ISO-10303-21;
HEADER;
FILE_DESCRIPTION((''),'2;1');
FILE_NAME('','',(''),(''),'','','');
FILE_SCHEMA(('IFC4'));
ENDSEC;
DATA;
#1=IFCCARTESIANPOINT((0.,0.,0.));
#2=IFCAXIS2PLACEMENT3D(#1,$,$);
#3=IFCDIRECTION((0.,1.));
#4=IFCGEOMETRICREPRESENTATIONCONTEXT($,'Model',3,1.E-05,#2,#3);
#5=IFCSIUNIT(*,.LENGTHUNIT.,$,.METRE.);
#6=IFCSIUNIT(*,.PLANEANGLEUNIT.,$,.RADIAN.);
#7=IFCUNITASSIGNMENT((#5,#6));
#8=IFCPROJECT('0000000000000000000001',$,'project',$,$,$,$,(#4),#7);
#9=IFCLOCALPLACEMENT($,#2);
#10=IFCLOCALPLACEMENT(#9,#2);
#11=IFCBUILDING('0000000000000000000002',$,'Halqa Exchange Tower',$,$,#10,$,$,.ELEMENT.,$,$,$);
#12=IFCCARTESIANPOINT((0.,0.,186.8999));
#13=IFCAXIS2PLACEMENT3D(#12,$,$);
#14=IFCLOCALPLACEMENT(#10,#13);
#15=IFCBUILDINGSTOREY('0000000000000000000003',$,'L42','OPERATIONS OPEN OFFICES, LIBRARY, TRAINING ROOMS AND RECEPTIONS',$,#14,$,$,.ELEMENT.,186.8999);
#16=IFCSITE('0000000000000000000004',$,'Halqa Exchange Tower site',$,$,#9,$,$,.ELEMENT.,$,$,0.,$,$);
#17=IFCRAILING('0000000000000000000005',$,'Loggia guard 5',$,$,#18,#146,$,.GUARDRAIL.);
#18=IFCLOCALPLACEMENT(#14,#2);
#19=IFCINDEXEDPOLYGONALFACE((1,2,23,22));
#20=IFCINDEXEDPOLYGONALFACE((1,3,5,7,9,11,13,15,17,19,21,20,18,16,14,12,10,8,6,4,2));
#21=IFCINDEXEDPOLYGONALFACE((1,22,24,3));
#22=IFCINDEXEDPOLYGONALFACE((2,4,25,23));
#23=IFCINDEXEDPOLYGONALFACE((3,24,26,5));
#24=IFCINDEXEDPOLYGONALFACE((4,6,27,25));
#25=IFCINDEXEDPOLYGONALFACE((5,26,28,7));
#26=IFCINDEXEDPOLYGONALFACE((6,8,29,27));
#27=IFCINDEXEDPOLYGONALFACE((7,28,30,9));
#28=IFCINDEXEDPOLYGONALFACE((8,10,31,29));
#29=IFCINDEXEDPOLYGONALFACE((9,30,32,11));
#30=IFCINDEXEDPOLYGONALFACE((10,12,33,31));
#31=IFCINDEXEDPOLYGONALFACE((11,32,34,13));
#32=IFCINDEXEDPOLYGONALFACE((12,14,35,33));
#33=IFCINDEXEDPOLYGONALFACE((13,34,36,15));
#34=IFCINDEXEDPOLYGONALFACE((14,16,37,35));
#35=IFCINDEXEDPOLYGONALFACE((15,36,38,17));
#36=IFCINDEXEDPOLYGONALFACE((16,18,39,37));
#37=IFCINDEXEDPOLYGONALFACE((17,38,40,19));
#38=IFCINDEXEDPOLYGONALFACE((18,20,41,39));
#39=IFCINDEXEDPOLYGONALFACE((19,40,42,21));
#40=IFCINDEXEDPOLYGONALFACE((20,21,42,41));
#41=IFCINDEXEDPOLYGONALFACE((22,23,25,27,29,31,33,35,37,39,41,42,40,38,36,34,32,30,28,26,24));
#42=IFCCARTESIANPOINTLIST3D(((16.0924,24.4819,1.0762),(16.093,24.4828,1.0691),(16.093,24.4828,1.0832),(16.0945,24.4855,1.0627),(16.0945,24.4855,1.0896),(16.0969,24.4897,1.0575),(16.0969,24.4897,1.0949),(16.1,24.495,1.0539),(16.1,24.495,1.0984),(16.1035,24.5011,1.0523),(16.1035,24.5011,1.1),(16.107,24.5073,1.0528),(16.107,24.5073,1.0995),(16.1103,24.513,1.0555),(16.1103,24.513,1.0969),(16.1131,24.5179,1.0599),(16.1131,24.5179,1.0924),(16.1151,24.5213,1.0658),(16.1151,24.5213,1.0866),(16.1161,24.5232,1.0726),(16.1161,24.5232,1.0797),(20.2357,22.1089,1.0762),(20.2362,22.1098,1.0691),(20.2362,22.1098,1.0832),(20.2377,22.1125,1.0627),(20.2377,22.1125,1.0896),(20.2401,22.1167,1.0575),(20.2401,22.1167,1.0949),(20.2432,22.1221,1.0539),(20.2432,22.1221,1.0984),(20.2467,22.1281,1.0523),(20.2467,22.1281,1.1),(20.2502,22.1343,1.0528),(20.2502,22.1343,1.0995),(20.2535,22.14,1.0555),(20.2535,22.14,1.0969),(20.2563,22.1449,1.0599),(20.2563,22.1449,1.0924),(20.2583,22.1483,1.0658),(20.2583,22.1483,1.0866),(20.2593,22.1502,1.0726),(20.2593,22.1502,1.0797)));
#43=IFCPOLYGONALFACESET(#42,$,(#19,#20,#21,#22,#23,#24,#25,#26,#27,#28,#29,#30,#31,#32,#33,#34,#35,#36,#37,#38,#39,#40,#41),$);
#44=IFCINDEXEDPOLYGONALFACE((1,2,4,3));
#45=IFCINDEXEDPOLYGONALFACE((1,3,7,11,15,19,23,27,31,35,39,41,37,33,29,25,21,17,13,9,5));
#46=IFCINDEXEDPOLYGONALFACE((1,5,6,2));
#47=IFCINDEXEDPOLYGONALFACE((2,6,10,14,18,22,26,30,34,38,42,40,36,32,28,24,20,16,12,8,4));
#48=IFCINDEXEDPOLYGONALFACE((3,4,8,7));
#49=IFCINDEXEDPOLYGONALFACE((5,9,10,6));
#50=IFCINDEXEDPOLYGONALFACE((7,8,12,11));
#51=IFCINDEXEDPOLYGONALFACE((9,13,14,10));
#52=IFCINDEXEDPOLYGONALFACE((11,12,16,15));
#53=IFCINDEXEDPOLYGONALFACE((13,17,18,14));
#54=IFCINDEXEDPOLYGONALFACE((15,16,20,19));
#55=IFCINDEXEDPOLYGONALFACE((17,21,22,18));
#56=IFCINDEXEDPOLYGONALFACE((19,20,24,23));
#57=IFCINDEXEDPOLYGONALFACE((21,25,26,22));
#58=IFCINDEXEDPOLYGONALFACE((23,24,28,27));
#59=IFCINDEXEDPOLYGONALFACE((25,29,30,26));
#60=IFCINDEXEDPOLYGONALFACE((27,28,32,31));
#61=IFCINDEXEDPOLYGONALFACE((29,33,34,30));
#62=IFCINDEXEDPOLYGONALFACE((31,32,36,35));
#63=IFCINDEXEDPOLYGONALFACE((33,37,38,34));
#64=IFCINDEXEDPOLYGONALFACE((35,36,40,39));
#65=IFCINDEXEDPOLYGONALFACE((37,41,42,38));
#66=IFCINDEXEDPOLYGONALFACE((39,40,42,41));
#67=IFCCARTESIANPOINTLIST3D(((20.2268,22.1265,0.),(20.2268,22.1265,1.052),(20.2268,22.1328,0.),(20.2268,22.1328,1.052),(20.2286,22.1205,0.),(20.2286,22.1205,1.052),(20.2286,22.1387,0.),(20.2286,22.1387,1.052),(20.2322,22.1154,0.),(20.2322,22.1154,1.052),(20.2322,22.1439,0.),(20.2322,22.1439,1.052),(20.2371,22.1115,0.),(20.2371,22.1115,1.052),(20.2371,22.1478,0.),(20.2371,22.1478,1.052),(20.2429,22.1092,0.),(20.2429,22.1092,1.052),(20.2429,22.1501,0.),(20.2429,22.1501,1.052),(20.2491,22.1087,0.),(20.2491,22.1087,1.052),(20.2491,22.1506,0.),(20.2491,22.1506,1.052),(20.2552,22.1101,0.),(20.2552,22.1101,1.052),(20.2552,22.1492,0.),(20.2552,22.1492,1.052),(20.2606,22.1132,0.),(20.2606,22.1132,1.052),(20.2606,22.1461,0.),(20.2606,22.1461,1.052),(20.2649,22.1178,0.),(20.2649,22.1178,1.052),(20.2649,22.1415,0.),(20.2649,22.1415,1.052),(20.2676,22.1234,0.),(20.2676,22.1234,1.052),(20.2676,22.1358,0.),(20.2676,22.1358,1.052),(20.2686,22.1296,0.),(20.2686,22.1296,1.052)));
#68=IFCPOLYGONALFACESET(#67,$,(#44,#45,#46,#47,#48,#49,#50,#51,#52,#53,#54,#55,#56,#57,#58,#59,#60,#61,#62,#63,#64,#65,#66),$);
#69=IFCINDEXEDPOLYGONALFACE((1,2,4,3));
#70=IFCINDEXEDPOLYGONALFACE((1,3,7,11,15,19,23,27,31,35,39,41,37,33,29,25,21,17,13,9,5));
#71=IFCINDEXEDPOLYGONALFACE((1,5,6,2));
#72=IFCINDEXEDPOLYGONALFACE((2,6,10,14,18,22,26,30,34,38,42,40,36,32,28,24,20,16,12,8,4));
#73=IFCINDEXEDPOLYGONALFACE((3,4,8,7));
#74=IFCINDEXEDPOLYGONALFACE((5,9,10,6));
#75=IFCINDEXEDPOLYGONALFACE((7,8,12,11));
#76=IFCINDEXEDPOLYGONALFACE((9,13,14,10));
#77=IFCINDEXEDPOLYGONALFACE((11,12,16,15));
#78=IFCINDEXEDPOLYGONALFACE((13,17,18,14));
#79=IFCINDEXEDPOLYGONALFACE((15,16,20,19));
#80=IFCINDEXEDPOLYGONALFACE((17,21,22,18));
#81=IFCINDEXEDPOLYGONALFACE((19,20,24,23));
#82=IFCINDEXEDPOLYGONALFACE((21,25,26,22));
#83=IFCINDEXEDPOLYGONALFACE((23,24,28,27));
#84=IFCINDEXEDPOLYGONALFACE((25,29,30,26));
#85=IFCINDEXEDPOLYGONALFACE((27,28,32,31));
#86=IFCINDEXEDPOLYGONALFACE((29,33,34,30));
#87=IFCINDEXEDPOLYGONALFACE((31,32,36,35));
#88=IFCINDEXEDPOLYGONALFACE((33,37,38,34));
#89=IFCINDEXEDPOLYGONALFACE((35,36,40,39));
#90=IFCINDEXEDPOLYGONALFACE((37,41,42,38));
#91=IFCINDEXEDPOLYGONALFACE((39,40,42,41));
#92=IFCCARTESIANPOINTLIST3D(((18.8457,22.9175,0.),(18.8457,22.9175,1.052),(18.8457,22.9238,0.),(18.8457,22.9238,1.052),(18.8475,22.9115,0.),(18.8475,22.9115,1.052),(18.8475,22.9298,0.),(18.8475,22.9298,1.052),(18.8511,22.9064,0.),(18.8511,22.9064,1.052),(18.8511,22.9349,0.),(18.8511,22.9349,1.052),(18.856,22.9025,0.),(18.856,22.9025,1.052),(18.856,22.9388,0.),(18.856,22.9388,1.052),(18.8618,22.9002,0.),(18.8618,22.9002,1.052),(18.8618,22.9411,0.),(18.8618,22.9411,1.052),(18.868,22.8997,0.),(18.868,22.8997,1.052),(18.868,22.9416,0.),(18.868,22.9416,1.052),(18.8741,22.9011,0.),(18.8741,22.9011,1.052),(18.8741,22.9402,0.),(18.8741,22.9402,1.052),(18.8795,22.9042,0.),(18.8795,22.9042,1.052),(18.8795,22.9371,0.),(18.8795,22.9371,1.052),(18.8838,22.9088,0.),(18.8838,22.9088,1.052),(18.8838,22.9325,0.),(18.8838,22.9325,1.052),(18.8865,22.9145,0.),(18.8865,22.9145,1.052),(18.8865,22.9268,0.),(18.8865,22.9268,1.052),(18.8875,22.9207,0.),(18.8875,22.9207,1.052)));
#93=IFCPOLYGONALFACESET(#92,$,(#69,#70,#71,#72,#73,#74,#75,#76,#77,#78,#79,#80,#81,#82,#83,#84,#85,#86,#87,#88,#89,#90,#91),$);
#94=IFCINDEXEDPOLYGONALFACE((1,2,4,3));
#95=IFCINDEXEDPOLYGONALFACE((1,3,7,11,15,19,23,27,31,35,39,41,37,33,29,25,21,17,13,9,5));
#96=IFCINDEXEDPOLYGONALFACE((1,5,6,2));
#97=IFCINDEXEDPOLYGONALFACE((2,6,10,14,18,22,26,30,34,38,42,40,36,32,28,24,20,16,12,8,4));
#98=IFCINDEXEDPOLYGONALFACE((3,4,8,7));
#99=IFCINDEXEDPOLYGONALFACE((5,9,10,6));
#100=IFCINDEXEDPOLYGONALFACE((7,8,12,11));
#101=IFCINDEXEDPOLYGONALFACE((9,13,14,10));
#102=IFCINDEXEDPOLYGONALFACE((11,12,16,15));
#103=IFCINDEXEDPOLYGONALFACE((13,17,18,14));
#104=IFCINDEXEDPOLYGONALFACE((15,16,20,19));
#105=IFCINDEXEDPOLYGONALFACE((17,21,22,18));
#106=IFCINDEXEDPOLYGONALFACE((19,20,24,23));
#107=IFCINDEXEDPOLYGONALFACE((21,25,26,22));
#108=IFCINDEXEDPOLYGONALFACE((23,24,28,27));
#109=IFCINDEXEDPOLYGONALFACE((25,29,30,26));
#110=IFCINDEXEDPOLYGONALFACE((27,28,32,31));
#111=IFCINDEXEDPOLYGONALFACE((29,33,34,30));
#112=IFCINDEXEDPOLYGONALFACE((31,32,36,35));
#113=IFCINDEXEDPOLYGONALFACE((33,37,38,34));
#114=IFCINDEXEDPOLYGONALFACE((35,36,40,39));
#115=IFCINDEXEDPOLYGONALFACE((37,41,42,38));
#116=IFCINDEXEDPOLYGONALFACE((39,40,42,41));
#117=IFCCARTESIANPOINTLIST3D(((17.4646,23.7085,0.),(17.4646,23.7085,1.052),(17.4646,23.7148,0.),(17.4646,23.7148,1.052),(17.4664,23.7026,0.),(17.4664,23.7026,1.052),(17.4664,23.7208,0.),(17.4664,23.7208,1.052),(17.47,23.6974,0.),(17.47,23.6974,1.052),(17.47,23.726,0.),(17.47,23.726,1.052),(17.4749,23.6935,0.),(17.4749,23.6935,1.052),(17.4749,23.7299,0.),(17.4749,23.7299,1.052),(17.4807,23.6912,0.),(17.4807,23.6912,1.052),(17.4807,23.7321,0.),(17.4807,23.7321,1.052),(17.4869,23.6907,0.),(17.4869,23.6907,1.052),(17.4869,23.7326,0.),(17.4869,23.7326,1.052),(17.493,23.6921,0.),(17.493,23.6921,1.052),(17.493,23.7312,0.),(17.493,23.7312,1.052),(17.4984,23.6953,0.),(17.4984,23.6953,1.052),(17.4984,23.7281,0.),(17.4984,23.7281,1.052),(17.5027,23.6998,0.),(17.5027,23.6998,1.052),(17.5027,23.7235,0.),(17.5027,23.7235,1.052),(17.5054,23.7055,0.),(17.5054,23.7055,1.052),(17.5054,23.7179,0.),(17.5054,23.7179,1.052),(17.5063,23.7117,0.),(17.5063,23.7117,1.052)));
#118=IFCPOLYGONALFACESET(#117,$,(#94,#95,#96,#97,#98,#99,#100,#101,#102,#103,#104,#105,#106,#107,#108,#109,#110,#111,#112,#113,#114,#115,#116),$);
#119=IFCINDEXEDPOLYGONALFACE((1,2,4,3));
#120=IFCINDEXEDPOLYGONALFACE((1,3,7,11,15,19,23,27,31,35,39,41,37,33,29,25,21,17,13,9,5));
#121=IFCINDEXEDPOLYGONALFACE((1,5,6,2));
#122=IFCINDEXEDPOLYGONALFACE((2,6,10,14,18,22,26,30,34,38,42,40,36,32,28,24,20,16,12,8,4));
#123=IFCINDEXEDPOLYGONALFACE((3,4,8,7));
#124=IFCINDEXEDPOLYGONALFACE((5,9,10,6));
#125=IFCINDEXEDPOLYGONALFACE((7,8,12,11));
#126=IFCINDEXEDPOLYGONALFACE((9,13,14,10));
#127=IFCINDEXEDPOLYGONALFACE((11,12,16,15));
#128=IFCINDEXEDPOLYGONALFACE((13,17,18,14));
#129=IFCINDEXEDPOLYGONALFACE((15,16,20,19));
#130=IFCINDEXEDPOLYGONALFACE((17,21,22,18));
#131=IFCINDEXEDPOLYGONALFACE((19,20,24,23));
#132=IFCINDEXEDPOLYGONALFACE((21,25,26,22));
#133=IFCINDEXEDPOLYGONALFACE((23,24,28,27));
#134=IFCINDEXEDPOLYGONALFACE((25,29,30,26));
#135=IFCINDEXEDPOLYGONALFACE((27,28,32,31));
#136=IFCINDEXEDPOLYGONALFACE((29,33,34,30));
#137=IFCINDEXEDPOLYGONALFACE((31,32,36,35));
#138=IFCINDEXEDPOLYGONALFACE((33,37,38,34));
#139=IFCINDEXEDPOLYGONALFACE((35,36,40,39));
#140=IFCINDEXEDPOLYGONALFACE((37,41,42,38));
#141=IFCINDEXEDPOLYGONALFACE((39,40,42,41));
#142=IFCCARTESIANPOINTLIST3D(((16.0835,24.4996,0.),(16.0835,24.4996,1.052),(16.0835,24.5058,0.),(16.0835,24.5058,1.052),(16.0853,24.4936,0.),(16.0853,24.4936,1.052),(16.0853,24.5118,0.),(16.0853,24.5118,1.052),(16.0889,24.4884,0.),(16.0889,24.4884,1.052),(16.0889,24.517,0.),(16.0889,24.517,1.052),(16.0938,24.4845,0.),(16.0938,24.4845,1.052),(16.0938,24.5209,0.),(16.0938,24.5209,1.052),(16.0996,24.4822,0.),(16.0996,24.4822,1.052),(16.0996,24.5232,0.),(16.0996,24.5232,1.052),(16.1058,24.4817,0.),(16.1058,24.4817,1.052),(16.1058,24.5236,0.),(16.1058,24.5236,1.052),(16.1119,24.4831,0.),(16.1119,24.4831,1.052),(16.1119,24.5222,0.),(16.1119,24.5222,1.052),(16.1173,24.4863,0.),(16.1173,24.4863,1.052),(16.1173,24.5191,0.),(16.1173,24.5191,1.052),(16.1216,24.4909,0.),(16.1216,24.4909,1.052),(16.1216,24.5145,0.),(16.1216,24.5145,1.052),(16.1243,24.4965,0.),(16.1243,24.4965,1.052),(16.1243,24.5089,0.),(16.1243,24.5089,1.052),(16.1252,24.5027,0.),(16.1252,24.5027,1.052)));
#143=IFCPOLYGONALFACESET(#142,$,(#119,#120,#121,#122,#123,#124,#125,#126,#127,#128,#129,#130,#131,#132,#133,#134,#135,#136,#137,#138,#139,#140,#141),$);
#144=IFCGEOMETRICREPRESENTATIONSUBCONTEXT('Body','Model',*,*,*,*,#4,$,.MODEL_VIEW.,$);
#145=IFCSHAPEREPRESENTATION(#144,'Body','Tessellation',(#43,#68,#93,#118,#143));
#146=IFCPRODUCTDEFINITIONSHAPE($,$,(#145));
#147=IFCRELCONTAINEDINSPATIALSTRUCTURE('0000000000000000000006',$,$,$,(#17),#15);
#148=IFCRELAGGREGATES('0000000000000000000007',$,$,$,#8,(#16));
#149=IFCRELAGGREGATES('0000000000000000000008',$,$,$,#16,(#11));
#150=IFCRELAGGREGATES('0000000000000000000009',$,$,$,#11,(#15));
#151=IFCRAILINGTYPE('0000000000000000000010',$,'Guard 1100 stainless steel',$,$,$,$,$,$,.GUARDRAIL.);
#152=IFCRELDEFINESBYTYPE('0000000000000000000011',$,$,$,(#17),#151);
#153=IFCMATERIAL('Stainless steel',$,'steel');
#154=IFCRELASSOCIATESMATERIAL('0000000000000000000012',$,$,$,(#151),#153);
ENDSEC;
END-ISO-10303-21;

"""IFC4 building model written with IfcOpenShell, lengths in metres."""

from ifc_helpers import new_model, si_unit, direction, frame, origin, origin_2d, place, context, subcontext, project, spatial, circle, extrude, material, type_object, element, save


model = new_model("IFC4")

# Units and contexts
model_context = context("Model", 3, precision=1e-05, world=origin(), true_north=direction((0.0, 1.0)))
body_context = subcontext(model_context, "Body", "Model", "MODEL_VIEW")
ifc_project = project(units=[si_unit("LENGTHUNIT", "METRE"), si_unit("PLANEANGLEUNIT", "RADIAN")], contexts=[model_context])

# Site, building, storey
site_placement = place(None, origin())
site = spatial("IfcSite", under=ifc_project, at=site_placement, Name="Halqa Exchange Tower site", CompositionType="ELEMENT", RefElevation=0.0)
building_placement = place(site_placement, origin())
building = spatial("IfcBuilding", under=site, at=building_placement, Name="Halqa Exchange Tower", CompositionType="ELEMENT")
storey_placement = place(building_placement, frame((0.0, 0.0, 186.8999)))
storey = spatial("IfcBuildingStorey", under=building, at=storey_placement, Name="L42", Description="OPERATIONS OPEN OFFICES, LIBRARY, TRAINING ROOMS AND RECEPTIONS", CompositionType="ELEMENT", Elevation=186.8999)

# Railing
ifc_material_1 = material(Name="Stainless steel", Category="steel")
railing_type = type_object("IfcRailingType", Name="Guard 1100 stainless steel", PredefinedType="GUARDRAIL", material=ifc_material_1)
railing_1_placement = place(storey_placement, frame((20.2476, 22.1296, 0.0)))
element("IfcRailing", 1, at=railing_1_placement, inside=storey, type_object=railing_type, Name="Loggia guard 5", PredefinedType="GUARDRAIL", context=body_context, shape_type="SweptSolid", body=[
    extrude(circle(Radius=0.0239, at=origin_2d()), frame((0.0, 0.0, 1.0762), z_axis=(-0.867752, 0.496998, 0.0), x_axis=(-0.496998, -0.867752, 0.0)), (0.0, 0.0, 1.0), 4.7747),
    extrude(circle(Radius=0.021, at=origin_2d()), origin(), (0.0, 0.0, 1.0), 1.052),
    extrude(circle(Radius=0.021, at=origin_2d()), frame((-1.3811, 0.791, 0.0)), (0.0, 0.0, 1.0), 1.052),
    extrude(circle(Radius=0.021, at=origin_2d()), frame((-2.7622, 1.582, 0.0)), (0.0, 0.0, 1.0), 1.052),
    extrude(circle(Radius=0.021, at=origin_2d()), frame((-4.1433, 2.373, 0.0)), (0.0, 0.0, 1.0), 1.052),
])

save(model, "model.ifc")
